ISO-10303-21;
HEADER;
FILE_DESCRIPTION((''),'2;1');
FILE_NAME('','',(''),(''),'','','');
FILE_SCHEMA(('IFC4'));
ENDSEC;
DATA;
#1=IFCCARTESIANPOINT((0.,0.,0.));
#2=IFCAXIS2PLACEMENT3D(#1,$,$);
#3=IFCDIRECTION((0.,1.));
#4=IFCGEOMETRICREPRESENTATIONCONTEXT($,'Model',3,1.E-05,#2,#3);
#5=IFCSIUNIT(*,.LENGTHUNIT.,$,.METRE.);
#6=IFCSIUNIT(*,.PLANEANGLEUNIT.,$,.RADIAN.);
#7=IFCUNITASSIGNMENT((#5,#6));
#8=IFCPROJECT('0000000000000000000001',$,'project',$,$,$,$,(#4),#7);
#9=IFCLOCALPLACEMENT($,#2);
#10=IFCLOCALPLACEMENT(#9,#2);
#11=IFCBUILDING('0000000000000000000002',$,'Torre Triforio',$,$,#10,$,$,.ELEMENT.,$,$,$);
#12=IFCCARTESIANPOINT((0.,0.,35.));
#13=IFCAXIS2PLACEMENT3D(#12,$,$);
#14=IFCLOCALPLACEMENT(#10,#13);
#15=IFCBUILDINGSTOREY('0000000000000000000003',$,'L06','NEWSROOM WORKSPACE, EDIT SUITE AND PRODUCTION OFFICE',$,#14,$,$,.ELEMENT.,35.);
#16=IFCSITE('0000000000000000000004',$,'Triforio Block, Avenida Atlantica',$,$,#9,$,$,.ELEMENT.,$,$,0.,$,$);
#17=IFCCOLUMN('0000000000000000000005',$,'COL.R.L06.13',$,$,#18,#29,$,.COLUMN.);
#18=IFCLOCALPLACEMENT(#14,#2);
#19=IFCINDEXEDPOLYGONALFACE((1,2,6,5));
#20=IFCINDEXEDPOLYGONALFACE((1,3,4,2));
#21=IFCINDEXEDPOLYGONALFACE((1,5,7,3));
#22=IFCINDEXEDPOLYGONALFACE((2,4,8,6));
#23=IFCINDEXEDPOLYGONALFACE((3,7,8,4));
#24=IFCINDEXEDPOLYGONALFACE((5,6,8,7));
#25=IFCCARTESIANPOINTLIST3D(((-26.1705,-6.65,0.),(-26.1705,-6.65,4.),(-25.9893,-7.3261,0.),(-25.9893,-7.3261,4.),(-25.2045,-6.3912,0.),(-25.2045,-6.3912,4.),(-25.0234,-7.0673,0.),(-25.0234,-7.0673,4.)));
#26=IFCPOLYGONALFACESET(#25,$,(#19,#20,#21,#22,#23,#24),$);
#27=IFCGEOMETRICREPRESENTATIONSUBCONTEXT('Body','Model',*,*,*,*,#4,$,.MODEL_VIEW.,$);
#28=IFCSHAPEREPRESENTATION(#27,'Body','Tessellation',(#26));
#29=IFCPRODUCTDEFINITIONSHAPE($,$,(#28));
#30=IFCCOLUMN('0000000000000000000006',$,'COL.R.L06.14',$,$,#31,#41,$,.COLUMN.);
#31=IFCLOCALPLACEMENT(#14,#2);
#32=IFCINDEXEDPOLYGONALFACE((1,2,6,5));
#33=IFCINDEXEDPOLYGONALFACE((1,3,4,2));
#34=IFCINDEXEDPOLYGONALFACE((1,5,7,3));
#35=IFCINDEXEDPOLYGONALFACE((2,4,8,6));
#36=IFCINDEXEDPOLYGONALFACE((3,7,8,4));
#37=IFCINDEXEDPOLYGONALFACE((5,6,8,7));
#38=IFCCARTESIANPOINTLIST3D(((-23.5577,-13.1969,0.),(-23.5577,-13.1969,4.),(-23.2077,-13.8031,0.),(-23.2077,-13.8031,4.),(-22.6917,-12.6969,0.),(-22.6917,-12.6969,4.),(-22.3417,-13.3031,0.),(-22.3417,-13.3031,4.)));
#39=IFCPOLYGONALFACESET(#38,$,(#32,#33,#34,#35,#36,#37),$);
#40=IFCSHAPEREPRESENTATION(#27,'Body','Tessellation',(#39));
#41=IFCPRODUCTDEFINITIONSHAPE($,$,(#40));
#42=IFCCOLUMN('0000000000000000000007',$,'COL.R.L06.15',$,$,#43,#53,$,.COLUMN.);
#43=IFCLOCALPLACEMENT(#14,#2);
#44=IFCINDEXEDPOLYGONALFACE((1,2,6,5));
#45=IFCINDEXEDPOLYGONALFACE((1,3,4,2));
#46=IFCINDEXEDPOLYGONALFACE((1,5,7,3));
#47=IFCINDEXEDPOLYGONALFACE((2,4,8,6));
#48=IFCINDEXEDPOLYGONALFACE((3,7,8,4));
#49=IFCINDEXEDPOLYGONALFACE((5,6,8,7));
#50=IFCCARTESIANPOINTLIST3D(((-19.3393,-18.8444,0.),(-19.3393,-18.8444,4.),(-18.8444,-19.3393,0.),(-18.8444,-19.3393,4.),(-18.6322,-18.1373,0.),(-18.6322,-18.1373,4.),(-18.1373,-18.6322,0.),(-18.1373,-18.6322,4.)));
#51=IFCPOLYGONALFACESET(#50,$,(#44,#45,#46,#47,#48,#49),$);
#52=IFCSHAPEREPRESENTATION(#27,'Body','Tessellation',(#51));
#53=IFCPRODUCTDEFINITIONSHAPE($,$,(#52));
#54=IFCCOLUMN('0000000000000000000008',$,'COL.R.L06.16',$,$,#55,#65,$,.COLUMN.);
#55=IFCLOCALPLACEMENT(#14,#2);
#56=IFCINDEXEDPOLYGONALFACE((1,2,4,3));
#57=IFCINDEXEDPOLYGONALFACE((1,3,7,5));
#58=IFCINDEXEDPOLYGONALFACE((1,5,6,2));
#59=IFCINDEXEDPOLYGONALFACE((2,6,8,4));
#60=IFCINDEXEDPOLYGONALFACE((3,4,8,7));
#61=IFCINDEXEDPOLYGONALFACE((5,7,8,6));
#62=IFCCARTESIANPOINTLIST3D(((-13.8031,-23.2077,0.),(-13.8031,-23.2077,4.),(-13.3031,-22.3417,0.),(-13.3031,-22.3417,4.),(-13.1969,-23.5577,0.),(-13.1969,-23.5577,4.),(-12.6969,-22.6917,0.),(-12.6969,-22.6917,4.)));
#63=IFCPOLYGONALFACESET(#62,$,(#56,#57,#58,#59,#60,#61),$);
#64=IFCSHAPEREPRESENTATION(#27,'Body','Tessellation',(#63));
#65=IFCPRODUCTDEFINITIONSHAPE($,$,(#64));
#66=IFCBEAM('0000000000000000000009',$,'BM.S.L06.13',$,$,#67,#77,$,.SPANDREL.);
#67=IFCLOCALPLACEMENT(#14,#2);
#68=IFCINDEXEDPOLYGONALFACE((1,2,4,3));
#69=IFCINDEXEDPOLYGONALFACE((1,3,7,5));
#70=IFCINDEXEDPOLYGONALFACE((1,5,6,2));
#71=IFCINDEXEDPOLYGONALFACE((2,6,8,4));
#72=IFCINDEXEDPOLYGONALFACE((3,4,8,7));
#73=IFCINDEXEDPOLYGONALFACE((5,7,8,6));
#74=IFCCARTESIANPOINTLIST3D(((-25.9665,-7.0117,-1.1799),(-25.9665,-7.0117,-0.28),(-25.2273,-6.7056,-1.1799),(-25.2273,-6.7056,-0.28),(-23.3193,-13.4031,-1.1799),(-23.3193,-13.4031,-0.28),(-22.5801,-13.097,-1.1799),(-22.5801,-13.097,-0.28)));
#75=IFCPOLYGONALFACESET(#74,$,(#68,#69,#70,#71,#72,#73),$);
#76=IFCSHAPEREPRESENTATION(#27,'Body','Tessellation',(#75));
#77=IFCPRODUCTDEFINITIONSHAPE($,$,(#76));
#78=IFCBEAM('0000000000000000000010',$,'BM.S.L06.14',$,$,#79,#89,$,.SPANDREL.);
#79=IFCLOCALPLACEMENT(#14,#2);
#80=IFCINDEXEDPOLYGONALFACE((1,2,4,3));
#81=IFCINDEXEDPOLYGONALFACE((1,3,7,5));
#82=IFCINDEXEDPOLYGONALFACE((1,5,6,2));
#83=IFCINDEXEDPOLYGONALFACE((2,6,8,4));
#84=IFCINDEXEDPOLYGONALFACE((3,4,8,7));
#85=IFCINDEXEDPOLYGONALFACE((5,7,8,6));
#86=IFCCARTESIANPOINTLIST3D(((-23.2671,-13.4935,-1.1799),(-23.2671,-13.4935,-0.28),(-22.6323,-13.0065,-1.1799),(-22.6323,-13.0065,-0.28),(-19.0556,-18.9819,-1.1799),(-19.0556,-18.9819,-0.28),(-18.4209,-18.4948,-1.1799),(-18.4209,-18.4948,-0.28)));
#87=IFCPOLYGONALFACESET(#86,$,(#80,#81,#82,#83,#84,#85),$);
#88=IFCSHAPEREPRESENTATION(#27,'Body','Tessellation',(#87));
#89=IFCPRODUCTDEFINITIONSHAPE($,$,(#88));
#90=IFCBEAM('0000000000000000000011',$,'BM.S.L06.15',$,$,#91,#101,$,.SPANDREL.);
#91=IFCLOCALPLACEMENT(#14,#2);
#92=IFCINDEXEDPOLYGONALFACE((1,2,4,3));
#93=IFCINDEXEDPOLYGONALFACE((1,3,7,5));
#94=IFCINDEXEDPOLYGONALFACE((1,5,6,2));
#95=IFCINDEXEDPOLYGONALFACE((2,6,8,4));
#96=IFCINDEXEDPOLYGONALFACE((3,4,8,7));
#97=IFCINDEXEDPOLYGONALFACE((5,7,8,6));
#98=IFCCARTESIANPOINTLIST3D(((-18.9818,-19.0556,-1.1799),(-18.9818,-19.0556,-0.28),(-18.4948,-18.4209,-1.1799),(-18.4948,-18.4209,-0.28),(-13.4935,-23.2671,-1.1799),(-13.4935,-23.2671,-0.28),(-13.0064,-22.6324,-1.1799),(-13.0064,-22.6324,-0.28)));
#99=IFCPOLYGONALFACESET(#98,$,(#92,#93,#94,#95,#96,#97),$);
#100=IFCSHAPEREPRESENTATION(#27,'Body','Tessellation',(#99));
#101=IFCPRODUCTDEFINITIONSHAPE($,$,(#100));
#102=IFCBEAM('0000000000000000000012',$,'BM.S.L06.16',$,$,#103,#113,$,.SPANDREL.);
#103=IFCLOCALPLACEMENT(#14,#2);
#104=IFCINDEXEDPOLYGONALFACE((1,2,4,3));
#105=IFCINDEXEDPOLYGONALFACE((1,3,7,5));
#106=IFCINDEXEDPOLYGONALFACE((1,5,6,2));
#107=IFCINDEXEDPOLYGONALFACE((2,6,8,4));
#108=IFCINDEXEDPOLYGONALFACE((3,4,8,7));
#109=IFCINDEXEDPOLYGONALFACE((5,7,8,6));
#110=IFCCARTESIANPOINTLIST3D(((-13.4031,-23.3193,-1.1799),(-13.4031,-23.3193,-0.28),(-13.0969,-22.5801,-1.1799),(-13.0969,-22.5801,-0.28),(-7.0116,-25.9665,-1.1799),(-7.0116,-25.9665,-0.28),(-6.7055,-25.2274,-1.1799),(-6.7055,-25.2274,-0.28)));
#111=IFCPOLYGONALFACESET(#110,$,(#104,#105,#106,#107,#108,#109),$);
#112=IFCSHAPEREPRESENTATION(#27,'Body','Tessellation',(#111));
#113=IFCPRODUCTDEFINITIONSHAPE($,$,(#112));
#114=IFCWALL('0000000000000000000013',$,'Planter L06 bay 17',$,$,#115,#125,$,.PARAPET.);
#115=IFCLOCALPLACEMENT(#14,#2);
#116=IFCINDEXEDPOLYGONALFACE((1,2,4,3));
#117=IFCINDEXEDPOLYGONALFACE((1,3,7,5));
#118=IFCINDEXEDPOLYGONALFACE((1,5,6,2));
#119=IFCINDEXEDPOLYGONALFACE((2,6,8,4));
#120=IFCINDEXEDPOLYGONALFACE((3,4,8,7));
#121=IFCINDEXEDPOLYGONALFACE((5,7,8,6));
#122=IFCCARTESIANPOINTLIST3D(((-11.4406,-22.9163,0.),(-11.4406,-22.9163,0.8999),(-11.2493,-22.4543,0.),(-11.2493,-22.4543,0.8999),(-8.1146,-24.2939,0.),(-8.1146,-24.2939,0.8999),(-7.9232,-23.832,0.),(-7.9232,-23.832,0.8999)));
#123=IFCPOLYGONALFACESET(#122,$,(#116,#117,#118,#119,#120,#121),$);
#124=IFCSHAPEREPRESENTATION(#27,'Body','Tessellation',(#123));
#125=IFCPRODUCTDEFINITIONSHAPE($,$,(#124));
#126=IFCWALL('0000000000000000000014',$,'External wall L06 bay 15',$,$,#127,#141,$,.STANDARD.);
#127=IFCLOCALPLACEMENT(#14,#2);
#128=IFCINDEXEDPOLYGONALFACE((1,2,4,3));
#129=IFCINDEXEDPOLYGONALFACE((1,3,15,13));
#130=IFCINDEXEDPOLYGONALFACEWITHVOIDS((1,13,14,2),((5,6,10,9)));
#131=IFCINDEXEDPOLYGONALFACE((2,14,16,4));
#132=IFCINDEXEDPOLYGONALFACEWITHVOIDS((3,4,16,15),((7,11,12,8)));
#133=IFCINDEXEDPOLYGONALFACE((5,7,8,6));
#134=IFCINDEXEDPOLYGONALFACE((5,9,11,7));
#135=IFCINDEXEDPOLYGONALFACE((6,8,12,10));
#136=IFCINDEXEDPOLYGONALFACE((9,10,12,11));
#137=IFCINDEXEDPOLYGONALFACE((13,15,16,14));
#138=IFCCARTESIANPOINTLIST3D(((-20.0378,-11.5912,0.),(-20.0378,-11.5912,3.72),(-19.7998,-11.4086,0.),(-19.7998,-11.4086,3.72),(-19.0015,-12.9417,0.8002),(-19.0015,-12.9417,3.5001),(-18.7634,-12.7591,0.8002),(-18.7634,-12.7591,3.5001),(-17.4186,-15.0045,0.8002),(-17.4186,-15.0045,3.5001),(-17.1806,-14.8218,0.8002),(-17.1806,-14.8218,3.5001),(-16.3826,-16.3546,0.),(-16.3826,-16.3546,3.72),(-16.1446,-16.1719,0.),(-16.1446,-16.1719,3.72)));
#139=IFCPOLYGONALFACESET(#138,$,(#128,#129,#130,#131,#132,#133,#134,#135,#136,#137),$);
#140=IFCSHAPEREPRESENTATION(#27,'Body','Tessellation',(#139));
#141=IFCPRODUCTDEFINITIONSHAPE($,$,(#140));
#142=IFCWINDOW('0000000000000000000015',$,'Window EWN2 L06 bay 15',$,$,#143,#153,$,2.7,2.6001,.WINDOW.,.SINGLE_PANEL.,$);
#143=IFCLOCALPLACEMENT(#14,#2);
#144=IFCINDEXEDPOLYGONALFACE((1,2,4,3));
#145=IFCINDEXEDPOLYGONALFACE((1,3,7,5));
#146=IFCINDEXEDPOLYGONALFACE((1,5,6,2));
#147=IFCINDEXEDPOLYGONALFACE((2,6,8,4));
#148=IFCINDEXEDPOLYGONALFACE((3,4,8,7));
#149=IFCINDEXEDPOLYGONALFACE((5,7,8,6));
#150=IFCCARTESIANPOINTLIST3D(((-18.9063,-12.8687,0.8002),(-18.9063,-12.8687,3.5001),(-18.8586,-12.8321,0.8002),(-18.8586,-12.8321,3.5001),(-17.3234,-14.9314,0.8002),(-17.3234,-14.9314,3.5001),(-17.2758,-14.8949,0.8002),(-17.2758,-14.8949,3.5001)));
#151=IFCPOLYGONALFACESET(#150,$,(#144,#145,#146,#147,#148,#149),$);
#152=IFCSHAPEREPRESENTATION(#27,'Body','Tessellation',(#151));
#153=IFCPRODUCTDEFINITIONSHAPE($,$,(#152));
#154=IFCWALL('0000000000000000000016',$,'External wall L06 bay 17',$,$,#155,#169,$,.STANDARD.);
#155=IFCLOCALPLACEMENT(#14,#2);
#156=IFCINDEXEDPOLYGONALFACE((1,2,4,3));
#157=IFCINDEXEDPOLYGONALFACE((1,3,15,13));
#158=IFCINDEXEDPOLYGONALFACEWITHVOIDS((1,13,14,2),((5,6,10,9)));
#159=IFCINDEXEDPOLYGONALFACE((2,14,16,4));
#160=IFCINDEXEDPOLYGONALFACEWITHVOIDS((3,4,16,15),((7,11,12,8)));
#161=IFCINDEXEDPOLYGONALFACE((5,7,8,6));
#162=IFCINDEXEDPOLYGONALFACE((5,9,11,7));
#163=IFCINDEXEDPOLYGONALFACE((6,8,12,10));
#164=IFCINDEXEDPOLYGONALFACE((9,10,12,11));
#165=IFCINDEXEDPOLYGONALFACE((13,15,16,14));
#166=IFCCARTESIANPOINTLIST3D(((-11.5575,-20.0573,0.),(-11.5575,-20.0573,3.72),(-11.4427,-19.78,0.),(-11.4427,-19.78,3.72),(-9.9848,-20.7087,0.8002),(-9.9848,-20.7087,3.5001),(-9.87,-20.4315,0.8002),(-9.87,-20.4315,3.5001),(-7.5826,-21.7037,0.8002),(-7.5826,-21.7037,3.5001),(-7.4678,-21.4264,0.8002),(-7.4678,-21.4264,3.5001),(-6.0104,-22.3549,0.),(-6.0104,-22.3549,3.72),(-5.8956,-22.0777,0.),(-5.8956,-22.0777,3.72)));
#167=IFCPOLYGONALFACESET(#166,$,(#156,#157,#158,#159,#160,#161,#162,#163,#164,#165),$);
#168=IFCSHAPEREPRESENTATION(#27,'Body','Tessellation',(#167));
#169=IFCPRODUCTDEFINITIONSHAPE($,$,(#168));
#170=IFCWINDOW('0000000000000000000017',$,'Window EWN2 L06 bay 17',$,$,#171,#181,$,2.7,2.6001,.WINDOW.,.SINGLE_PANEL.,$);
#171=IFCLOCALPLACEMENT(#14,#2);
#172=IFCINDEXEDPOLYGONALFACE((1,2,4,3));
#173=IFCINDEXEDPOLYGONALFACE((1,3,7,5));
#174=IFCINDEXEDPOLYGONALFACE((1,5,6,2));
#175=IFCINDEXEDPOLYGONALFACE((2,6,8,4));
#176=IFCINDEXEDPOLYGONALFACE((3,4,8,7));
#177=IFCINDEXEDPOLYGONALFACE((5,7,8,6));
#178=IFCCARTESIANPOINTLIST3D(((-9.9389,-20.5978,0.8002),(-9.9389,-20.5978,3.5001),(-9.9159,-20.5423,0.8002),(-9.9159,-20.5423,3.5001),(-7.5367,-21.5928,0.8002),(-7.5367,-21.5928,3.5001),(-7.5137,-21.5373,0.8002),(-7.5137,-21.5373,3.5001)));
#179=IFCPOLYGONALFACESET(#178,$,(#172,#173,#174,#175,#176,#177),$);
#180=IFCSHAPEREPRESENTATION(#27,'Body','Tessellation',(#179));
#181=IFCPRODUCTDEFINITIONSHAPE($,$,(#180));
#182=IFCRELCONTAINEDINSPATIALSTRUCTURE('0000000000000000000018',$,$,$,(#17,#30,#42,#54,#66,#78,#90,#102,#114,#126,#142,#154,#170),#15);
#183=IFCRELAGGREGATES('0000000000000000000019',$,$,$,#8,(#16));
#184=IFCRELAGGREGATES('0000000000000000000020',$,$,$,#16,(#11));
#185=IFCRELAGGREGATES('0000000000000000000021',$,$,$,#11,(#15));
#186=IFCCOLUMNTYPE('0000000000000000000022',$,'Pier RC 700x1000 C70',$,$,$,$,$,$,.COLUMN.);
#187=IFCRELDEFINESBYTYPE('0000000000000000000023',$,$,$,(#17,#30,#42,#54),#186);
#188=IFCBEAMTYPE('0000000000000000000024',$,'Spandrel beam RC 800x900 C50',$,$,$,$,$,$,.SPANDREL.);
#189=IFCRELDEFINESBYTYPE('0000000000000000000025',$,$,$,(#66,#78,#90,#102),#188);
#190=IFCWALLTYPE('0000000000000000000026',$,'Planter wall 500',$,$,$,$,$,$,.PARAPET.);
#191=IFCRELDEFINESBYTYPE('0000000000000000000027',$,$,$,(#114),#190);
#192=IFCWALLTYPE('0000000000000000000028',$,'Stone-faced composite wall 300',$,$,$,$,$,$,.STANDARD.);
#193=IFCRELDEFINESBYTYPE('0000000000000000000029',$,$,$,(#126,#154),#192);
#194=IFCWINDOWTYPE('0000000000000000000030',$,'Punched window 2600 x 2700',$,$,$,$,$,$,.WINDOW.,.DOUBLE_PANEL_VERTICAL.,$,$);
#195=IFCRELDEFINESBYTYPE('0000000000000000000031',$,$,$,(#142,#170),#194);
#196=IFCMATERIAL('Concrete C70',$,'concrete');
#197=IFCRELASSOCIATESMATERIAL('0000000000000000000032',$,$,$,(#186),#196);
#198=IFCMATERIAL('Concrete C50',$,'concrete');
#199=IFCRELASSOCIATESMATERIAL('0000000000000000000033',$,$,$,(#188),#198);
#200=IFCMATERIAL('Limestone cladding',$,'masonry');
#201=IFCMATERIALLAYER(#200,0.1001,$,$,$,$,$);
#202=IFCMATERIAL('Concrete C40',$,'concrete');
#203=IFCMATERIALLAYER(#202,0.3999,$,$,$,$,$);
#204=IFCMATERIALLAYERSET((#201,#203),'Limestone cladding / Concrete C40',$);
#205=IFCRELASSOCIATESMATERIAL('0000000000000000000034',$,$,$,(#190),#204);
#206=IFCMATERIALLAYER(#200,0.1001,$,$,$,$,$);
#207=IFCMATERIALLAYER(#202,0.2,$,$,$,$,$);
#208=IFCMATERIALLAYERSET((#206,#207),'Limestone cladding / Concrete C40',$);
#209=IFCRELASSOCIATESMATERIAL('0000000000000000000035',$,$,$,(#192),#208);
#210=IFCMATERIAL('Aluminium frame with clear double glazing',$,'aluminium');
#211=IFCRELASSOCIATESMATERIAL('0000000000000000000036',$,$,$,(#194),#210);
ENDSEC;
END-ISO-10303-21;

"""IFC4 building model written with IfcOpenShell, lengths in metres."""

from ifc_helpers import new_model, si_unit, direction, frame, frame_2d, origin, origin_2d, place, context, subcontext, project, spatial, rectangle, extrude, material, layer, layer_set, material_profile, profile_set, type_object, element, fill, save


model = new_model("IFC4")

# Units and contexts
model_context = context("Model", 3, precision=1e-05, world=origin(), true_north=direction((0.0, 1.0)))
body_context = subcontext(model_context, "Body", "Model", "MODEL_VIEW")
ifc_project = project(units=[si_unit("LENGTHUNIT", "METRE"), si_unit("PLANEANGLEUNIT", "RADIAN")], contexts=[model_context])

# Site, building, storey
site_placement = place(None, origin())
site = spatial("IfcSite", under=ifc_project, at=site_placement, Name="Triforio Block, Avenida Atlantica", CompositionType="ELEMENT", RefElevation=0.0)
building_placement = place(site_placement, origin())
building = spatial("IfcBuilding", under=site, at=building_placement, Name="Torre Triforio", CompositionType="ELEMENT")
storey_placement = place(building_placement, frame((0.0, 0.0, 35.0)))
storey = spatial("IfcBuildingStorey", under=building, at=storey_placement, Name="L06", Description="NEWSROOM WORKSPACE, EDIT SUITE AND PRODUCTION OFFICE", CompositionType="ELEMENT", Elevation=35.0)

# Columns
ifc_material_1 = material(Name="Concrete C70", Category="concrete")
ifc_material_profile_1 = material_profile(ifc_material_1, rectangle(XDim=0.7, YDim=1.0, at=origin_2d()), Name="RC 700x1000")
ifc_profile_set_1 = profile_set([ifc_material_profile_1], Name="Concrete C70")
column_type = type_object("IfcColumnType", Name="Pier RC 700x1000 C70", PredefinedType="COLUMN", material=ifc_profile_set_1)
for number, where, z_axis, x_axis, name in (
    (1, (-25.5969, -6.8586, 0.0), (0.0, 0.0, 1.0), (0.258819, -0.965926, 0.0), "COL.R.L06.13"),
    (2, (-22.9497, -13.25, 0.0), (0.0, 0.0, 1.0), (0.5, -0.866025, 0.0), "COL.R.L06.14"),
    (3, (-18.7383, -18.7383, 0.0), (0.0, 0.0, 1.0), (0.707107, -0.707107, 0.0), "COL.R.L06.15"),
    (4, (-13.25, -22.9497, 0.0), (0.0, 0.0, 1.0), (0.866025, -0.5, 0.0), "COL.R.L06.16"),
):
    element("IfcColumn", number, at=place(storey_placement, frame(where, z_axis=z_axis, x_axis=x_axis)), inside=storey, type_object=column_type, Name=name, PredefinedType="COLUMN", context=body_context, shape_type="SweptSolid", body=[
        extrude(rectangle(XDim=0.7, YDim=1.0, at=origin_2d()), origin(), (0.0, 0.0, 1.0), 4.0),
    ])

# Beams
ifc_material_2 = material(Name="Concrete C50", Category="concrete")
ifc_material_profile_2 = material_profile(ifc_material_2, rectangle(XDim=0.8, YDim=0.8999, at=origin_2d()), Name="RC 800x900")
ifc_profile_set_2 = profile_set([ifc_material_profile_2], Name="Concrete C50")
beam_type = type_object("IfcBeamType", Name="Spandrel beam RC 800x900 C50", PredefinedType="SPANDREL", material=ifc_profile_set_2)
for number, where, z_axis, x_axis, name in (
    (5, (-25.5969, -6.8586, -0.73), (0.382662, -0.923888, 0.0), (0.923888, 0.382662, 0.0), "BM.S.L06.13"),
    (6, (-22.9497, -13.25, -0.73), (0.608772, -0.793345, 0.0), (0.793345, 0.608772, 0.0), "BM.S.L06.14"),
    (7, (-18.7383, -18.7383, -0.73), (0.793345, -0.608772, 0.0), (0.608772, 0.793345, 0.0), "BM.S.L06.15"),
    (8, (-13.25, -22.9497, -0.73), (0.923888, -0.382662, 0.0), (0.382662, 0.923888, 0.0), "BM.S.L06.16"),
):
    element("IfcBeam", number, at=place(storey_placement, frame(where, z_axis=z_axis, x_axis=x_axis)), inside=storey, type_object=beam_type, Name=name, PredefinedType="SPANDREL", context=body_context, shape_type="SweptSolid", body=[
        extrude(rectangle(XDim=0.8, YDim=0.8999, at=origin_2d()), origin(), (0.0, 0.0, 1.0), 6.918),
    ])

# Wall
ifc_material_3 = material(Name="Limestone cladding", Category="masonry")
ifc_layer_1 = layer(ifc_material_3, 0.1001)
ifc_material_4 = material(Name="Concrete C40", Category="concrete")
ifc_layer_2 = layer(ifc_material_4, 0.3999)
ifc_layer_set_1 = layer_set([ifc_layer_1, ifc_layer_2], Name="Limestone cladding / Concrete C40")
wall_type_1 = type_object("IfcWallType", Name="Planter wall 500", PredefinedType="PARAPET", material=ifc_layer_set_1)
wall_1_placement = place(storey_placement, frame((-11.345, -22.6853, 0.0), z_axis=(0.0, 0.0, 1.0), x_axis=(0.923885, -0.382669, 0.0)))
element("IfcWall", 9, at=wall_1_placement, inside=storey, type_object=wall_type_1, Name="Planter L06 bay 17", PredefinedType="PARAPET", context=body_context, shape_type="SweptSolid", body=[
    extrude(rectangle(XDim=3.6001, YDim=0.5, at=frame_2d((1.8, 0.0))), origin(), (0.0, 0.0, 1.0), 0.8999),
])

# Wall, opening, window
ifc_layer_3 = layer(ifc_material_3, 0.1001)
ifc_layer_4 = layer(ifc_material_4, 0.2)
ifc_layer_set_2 = layer_set([ifc_layer_3, ifc_layer_4], Name="Limestone cladding / Concrete C40")
wall_type_2 = type_object("IfcWallType", Name="Stone-faced composite wall 300", PredefinedType="STANDARD", material=ifc_layer_set_2)
wall_2_placement = place(storey_placement, frame((-19.9187, -11.5, 0.0), z_axis=(0.0, 0.0, 1.0), x_axis=(0.608779, -0.79334, 0.0)))
wall_2 = element("IfcWall", 10, at=wall_2_placement, inside=storey, type_object=wall_type_2, Name="External wall L06 bay 15", PredefinedType="STANDARD", context=body_context, shape_type="SweptSolid", body=[
    extrude(rectangle(XDim=6.0042, YDim=0.3, at=frame_2d((3.002, 0.0))), origin(), (0.0, 0.0, 1.0), 3.72),
])
opening_1_placement = place(wall_2_placement, frame((1.7021, 0.0, 0.8)))
opening_1 = element("IfcOpeningElement", 11, at=opening_1_placement, cuts=wall_2, PredefinedType="OPENING", context=body_context, shape_type="SweptSolid", body=[
    extrude(rectangle(XDim=2.6001, YDim=2.7, at=frame_2d((1.3, 1.3501))), frame((0.0, 0.1599, 0.0), z_axis=(0.0, -1.0, 0.0), x_axis=(1.0, 0.0, 0.0)), (0.0, 0.0, 1.0), 0.3201),
])
ifc_material_5 = material(Name="Aluminium frame with clear double glazing", Category="aluminium")
window_type_1 = type_object("IfcWindowType", Name="Punched window 2600 x 2700", PartitioningType="DOUBLE_PANEL_VERTICAL", PredefinedType="WINDOW", material=ifc_material_5)
window_1_placement = place(opening_1_placement, origin())
window_1 = element("IfcWindow", 12, at=window_1_placement, inside=storey, type_object=window_type_1, Name="Window EWN2 L06 bay 15", OverallHeight=2.7, OverallWidth=2.6001, PartitioningType="SINGLE_PANEL", PredefinedType="WINDOW", context=body_context, shape_type="SweptSolid", body=[
    extrude(rectangle(XDim=2.6001, YDim=2.7, at=frame_2d((1.3, 1.3501))), frame((0.0, 0.03, 0.0), z_axis=(0.0, -1.0, 0.0), x_axis=(1.0, 0.0, 0.0)), (0.0, 0.0, 1.0), 0.0601),
])
fill(opening_1, window_1)

# Wall, opening, window
wall_3_placement = place(storey_placement, frame((-11.5, -19.9187, 0.0), z_axis=(0.0, 0.0, 1.0), x_axis=(0.923885, -0.382671, 0.0)))
wall_3 = element("IfcWall", 13, at=wall_3_placement, inside=storey, type_object=wall_type_2, Name="External wall L06 bay 17", PredefinedType="STANDARD", context=body_context, shape_type="SweptSolid", body=[
    extrude(rectangle(XDim=6.0042, YDim=0.3, at=frame_2d((3.002, 0.0))), origin(), (0.0, 0.0, 1.0), 3.72),
])
opening_2_placement = place(wall_3_placement, frame((1.7021, 0.0, 0.8)))
opening_2 = element("IfcOpeningElement", 14, at=opening_2_placement, cuts=wall_3, PredefinedType="OPENING", context=body_context, shape_type="SweptSolid", body=[
    extrude(rectangle(XDim=2.6001, YDim=2.7, at=frame_2d((1.3, 1.3501))), frame((0.0, 0.1599, 0.0), z_axis=(0.0, -1.0, 0.0), x_axis=(1.0, 0.0, 0.0)), (0.0, 0.0, 1.0), 0.3201),
])
window_2_placement = place(opening_2_placement, origin())
window_2 = element("IfcWindow", 15, at=window_2_placement, inside=storey, type_object=window_type_1, Name="Window EWN2 L06 bay 17", OverallHeight=2.7, OverallWidth=2.6001, PartitioningType="SINGLE_PANEL", PredefinedType="WINDOW", context=body_context, shape_type="SweptSolid", body=[
    extrude(rectangle(XDim=2.6001, YDim=2.7, at=frame_2d((1.3, 1.3501))), frame((0.0, 0.03, 0.0), z_axis=(0.0, -1.0, 0.0), x_axis=(1.0, 0.0, 0.0)), (0.0, 0.0, 1.0), 0.0601),
])
fill(opening_2, window_2)

save(model, "model.ifc")
